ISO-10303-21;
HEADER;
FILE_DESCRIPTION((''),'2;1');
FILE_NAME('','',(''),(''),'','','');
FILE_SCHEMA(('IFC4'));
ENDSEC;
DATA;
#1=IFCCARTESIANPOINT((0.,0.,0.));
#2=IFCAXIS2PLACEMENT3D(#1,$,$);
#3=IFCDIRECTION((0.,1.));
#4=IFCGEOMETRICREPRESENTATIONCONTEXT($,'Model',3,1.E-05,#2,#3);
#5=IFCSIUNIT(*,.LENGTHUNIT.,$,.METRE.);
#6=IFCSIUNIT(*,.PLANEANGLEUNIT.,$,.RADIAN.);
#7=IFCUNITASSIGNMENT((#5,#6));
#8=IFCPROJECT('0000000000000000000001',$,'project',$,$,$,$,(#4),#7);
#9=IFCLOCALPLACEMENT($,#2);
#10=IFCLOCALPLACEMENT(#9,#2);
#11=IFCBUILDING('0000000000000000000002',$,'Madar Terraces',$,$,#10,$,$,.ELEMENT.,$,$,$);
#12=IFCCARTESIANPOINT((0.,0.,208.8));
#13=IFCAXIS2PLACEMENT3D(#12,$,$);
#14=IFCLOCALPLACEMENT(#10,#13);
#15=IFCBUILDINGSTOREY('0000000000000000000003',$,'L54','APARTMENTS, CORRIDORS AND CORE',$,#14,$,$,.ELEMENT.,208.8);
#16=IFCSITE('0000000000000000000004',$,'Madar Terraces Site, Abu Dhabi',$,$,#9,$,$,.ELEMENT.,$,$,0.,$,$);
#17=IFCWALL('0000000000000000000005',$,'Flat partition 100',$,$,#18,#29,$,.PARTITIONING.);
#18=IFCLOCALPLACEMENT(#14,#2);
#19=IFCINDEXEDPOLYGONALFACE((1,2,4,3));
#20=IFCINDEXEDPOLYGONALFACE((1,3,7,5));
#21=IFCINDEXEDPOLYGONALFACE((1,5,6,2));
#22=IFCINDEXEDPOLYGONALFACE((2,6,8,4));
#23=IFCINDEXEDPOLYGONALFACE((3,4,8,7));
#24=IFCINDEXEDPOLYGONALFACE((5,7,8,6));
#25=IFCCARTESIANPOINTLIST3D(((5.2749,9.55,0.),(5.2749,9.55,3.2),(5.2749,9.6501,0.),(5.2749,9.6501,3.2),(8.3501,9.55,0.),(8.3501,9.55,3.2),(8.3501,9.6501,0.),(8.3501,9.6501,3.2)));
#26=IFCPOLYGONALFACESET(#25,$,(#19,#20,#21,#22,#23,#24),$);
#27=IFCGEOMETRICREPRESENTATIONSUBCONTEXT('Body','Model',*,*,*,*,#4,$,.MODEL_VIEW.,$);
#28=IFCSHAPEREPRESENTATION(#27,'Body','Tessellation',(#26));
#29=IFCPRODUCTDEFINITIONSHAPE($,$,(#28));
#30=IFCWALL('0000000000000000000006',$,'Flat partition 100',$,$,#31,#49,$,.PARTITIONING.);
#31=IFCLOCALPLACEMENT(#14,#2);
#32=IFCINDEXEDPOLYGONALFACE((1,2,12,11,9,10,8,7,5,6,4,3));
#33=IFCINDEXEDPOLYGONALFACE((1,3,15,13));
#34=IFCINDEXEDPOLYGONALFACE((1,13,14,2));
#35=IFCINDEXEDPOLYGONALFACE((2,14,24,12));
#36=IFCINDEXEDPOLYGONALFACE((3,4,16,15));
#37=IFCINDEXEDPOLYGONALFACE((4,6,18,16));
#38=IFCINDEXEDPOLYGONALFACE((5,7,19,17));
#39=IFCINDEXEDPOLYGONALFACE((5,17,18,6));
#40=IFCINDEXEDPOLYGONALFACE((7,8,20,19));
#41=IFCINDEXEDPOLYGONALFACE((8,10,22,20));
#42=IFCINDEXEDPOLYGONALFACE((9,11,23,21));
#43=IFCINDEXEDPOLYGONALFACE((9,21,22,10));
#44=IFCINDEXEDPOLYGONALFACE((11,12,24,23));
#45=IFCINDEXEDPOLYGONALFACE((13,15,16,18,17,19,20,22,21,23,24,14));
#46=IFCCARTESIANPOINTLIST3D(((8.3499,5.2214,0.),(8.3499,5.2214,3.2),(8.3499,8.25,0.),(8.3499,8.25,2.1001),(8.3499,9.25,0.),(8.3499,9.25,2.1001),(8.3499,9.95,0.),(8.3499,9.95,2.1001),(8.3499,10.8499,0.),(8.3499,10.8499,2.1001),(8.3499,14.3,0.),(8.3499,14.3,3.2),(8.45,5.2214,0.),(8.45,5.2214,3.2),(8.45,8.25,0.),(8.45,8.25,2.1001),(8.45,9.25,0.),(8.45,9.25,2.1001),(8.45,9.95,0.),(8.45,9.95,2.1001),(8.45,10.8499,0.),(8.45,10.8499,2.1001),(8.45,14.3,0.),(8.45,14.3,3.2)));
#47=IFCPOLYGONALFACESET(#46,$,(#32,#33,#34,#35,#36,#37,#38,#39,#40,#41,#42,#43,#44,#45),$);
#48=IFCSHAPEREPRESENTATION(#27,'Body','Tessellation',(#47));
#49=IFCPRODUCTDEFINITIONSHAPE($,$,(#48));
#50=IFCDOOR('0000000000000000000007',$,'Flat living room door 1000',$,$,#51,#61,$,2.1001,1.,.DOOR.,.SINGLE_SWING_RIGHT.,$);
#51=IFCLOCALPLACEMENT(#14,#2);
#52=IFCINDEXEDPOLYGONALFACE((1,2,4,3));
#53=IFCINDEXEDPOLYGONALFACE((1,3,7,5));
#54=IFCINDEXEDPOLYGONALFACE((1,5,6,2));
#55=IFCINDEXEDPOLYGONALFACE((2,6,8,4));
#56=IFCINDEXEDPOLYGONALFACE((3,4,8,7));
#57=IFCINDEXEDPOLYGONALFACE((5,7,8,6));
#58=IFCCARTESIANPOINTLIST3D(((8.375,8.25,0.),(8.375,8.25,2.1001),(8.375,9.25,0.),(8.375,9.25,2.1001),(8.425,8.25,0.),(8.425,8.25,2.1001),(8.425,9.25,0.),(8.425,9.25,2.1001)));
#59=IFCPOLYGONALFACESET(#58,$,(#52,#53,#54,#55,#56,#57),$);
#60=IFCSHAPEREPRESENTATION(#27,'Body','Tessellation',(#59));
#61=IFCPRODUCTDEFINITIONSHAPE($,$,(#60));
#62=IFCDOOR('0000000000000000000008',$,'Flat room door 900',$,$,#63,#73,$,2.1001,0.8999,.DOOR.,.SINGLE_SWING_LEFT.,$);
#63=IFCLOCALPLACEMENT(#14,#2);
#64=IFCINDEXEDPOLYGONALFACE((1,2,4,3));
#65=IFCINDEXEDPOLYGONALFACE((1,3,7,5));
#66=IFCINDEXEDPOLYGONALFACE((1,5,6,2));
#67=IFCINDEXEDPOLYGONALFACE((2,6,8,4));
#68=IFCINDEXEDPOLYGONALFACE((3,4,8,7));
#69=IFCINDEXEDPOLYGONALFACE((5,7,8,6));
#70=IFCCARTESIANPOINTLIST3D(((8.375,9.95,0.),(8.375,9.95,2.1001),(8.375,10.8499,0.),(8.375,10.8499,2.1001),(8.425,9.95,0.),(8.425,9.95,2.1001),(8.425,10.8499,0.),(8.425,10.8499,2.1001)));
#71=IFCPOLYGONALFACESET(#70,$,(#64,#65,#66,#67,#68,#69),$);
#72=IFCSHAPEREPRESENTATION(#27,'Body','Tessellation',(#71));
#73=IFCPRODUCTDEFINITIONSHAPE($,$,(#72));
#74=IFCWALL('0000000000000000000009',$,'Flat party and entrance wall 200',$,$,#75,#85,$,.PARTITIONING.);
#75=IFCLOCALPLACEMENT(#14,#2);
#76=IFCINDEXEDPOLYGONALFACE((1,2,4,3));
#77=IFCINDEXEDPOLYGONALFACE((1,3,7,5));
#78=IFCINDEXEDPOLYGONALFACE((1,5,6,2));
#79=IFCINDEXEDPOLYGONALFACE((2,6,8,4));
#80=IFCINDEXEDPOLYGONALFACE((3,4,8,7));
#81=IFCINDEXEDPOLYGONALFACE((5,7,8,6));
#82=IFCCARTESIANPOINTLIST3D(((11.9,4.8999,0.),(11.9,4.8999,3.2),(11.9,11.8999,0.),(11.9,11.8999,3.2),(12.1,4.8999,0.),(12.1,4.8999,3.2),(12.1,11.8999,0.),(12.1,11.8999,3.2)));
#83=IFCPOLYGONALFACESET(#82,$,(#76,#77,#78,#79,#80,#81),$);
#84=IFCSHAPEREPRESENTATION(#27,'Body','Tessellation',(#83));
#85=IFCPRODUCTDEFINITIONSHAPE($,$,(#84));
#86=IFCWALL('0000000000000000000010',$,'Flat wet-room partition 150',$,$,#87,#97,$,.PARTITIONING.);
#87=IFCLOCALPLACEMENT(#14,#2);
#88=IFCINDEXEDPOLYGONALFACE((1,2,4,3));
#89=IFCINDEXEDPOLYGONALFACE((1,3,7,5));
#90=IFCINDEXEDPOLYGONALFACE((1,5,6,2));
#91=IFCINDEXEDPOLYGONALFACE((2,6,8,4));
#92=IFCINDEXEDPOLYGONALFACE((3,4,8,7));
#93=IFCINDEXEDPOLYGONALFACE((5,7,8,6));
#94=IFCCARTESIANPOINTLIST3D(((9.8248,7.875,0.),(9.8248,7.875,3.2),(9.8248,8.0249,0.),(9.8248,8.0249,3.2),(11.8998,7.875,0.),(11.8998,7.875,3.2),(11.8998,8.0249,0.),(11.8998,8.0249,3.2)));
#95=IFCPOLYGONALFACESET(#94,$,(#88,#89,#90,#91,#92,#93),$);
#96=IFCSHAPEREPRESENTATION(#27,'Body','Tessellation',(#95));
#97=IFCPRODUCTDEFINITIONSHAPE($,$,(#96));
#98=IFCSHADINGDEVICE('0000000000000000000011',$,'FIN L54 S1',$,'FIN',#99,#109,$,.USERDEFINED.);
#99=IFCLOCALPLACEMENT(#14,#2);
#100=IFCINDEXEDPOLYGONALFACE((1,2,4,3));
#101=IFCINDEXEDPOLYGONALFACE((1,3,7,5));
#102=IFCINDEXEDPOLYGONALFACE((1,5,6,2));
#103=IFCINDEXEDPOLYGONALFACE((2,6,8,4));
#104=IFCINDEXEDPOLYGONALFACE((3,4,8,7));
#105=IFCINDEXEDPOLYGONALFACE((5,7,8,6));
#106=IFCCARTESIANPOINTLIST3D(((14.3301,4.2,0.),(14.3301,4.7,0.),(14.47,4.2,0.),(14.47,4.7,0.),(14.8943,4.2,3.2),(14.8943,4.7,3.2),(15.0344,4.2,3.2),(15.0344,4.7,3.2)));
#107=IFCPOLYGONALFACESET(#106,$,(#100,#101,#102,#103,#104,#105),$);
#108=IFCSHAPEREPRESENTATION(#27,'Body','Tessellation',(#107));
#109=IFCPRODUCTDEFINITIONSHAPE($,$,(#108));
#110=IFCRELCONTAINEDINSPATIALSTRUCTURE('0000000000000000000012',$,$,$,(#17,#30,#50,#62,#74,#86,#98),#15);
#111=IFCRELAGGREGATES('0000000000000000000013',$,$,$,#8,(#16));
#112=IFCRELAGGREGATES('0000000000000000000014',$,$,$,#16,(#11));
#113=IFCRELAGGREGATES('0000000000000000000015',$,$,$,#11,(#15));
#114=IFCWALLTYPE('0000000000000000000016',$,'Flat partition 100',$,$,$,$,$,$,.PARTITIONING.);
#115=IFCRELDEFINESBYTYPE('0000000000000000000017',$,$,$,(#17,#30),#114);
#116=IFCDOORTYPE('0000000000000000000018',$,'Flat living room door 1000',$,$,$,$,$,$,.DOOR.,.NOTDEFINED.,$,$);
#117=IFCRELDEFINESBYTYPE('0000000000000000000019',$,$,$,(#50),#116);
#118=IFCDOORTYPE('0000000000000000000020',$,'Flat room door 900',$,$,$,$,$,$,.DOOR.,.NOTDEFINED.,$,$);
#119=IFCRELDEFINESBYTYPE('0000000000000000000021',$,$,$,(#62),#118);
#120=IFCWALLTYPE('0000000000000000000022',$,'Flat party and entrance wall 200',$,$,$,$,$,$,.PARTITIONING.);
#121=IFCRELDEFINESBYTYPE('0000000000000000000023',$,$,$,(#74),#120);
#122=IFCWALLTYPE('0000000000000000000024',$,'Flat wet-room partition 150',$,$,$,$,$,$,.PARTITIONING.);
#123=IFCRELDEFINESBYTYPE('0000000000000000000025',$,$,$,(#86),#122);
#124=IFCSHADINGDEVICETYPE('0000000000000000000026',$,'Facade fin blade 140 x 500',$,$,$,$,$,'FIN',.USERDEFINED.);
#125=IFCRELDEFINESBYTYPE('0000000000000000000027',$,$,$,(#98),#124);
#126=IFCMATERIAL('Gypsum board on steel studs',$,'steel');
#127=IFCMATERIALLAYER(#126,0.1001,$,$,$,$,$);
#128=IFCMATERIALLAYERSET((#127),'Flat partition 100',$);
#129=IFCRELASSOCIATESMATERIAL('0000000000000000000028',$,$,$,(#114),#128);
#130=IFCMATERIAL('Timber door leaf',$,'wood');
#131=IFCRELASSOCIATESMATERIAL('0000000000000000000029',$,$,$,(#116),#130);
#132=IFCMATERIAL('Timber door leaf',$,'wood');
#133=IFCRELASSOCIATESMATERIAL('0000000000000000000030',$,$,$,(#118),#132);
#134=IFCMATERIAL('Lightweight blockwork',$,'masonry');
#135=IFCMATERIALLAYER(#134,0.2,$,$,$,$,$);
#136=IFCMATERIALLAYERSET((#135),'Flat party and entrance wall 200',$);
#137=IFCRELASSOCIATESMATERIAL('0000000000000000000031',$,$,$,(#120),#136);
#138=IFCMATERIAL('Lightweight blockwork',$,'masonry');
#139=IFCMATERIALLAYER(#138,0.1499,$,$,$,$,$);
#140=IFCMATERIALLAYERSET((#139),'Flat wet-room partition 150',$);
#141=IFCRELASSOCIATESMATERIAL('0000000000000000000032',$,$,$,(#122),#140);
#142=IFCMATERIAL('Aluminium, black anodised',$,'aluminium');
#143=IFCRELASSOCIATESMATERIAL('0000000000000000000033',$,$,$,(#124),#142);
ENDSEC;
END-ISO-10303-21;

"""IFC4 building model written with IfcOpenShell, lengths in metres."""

from ifc_helpers import new_model, si_unit, direction, frame, frame_2d, origin, place, context, subcontext, project, spatial, polyline, rectangle, outline, extrude, material, layer, layer_set, type_object, element, fill, save


model = new_model("IFC4")

# Units and contexts
model_context = context("Model", 3, precision=1e-05, world=origin(), true_north=direction((0.0, 1.0)))
body_context = subcontext(model_context, "Body", "Model", "MODEL_VIEW")
ifc_project = project(units=[si_unit("LENGTHUNIT", "METRE"), si_unit("PLANEANGLEUNIT", "RADIAN")], contexts=[model_context])

# Site, building, storey
site_placement = place(None, origin())
site = spatial("IfcSite", under=ifc_project, at=site_placement, Name="Madar Terraces Site, Abu Dhabi", CompositionType="ELEMENT", RefElevation=0.0)
building_placement = place(site_placement, origin())
building = spatial("IfcBuilding", under=site, at=building_placement, Name="Madar Terraces", CompositionType="ELEMENT")
storey_placement = place(building_placement, frame((0.0, 0.0, 208.8)))
storey = spatial("IfcBuildingStorey", under=building, at=storey_placement, Name="L54", Description="APARTMENTS, CORRIDORS AND CORE", CompositionType="ELEMENT", Elevation=208.8)

# Wall
ifc_material_1 = material(Name="Gypsum board on steel studs", Category="steel")
ifc_layer_1 = layer(ifc_material_1, 0.1001)
ifc_layer_set_1 = layer_set([ifc_layer_1], Name="Flat partition 100")
wall_type_1 = type_object("IfcWallType", Name="Flat partition 100", PredefinedType="PARTITIONING", material=ifc_layer_set_1)
wall_1_placement = place(storey_placement, frame((8.3501, 9.6001, 0.0), z_axis=(0.0, 0.0, 1.0), x_axis=(-1.0, 0.0, 0.0)))
element("IfcWall", 1, at=wall_1_placement, inside=storey, type_object=wall_type_1, Name="Flat partition 100", PredefinedType="PARTITIONING", context=body_context, shape_type="SweptSolid", body=[
    extrude(rectangle(XDim=3.0752, YDim=0.1001, at=frame_2d((1.5376, 0.0))), origin(), (0.0, 0.0, 1.0), 3.2),
])

# Wall, openings, doors
wall_2_placement = place(storey_placement, frame((8.3999, 5.2214, 0.0), z_axis=(0.0, 0.0, 1.0), x_axis=(0.0, 1.0, 0.0)))
wall_2 = element("IfcWall", 2, at=wall_2_placement, inside=storey, type_object=wall_type_1, Name="Flat partition 100", PredefinedType="PARTITIONING", context=body_context, shape_type="SweptSolid", body=[
    extrude(rectangle(XDim=9.0786, YDim=0.1001, at=frame_2d((4.5393, 0.0))), origin(), (0.0, 0.0, 1.0), 3.2),
])
opening_1_placement = place(wall_2_placement, frame((4.7285, 0.0, 0.0)))
opening_1 = element("IfcOpeningElement", 3, at=opening_1_placement, cuts=wall_2, PredefinedType="OPENING", context=body_context, shape_type="SweptSolid", body=[
    extrude(rectangle(XDim=0.8999, YDim=2.1001, at=frame_2d((0.45, 1.05))), frame((0.0, 0.0601, 0.0), z_axis=(0.0, -1.0, 0.0), x_axis=(1.0, 0.0, 0.0)), (0.0, 0.0, 1.0), 0.1201),
])
opening_2_placement = place(wall_2_placement, frame((3.0286, 0.0, 0.0)))
opening_2 = element("IfcOpeningElement", 4, at=opening_2_placement, cuts=wall_2, PredefinedType="OPENING", context=body_context, shape_type="SweptSolid", body=[
    extrude(rectangle(XDim=1.0, YDim=2.1001, at=frame_2d((0.5, 1.05))), frame((0.0, 0.0601, 0.0), z_axis=(0.0, -1.0, 0.0), x_axis=(1.0, 0.0, 0.0)), (0.0, 0.0, 1.0), 0.1201),
])
ifc_material_2 = material(Name="Timber door leaf", Category="wood")
door_type_1 = type_object("IfcDoorType", Name="Flat living room door 1000", OperationType="NOTDEFINED", PredefinedType="DOOR", material=ifc_material_2)
door_1_placement = place(opening_2_placement, origin())
door_1 = element("IfcDoor", 5, at=door_1_placement, inside=storey, type_object=door_type_1, Name="Flat living room door 1000", OperationType="SINGLE_SWING_RIGHT", OverallHeight=2.1001, OverallWidth=1.0, PredefinedType="DOOR", context=body_context, shape_type="SweptSolid", body=[
    extrude(rectangle(XDim=1.0, YDim=2.1001, at=frame_2d((0.5, 1.05))), frame((0.0, 0.0249, 0.0), z_axis=(0.0, -1.0, 0.0), x_axis=(1.0, 0.0, 0.0)), (0.0, 0.0, 1.0), 0.05),
])
fill(opening_2, door_1)
ifc_material_3 = material(Name="Timber door leaf", Category="wood")
door_type_2 = type_object("IfcDoorType", Name="Flat room door 900", OperationType="NOTDEFINED", PredefinedType="DOOR", material=ifc_material_3)
door_2_placement = place(opening_1_placement, origin())
door_2 = element("IfcDoor", 6, at=door_2_placement, inside=storey, type_object=door_type_2, Name="Flat room door 900", OperationType="SINGLE_SWING_LEFT", OverallHeight=2.1001, OverallWidth=0.8999, PredefinedType="DOOR", context=body_context, shape_type="SweptSolid", body=[
    extrude(rectangle(XDim=0.8999, YDim=2.1001, at=frame_2d((0.45, 1.05))), frame((0.0, 0.0249, 0.0), z_axis=(0.0, -1.0, 0.0), x_axis=(1.0, 0.0, 0.0)), (0.0, 0.0, 1.0), 0.05),
])
fill(opening_1, door_2)

# Walls
ifc_material_4 = material(Name="Lightweight blockwork", Category="masonry")
ifc_layer_2 = layer(ifc_material_4, 0.2)
ifc_layer_set_2 = layer_set([ifc_layer_2], Name="Flat party and entrance wall 200")
wall_type_2 = type_object("IfcWallType", Name="Flat party and entrance wall 200", PredefinedType="PARTITIONING", material=ifc_layer_set_2)
wall_3_placement = place(storey_placement, frame((12.0, 4.8999, 0.0), z_axis=(0.0, 0.0, 1.0), x_axis=(0.0, 1.0, 0.0)))
element("IfcWall", 7, at=wall_3_placement, inside=storey, type_object=wall_type_2, Name="Flat party and entrance wall 200", PredefinedType="PARTITIONING", context=body_context, shape_type="SweptSolid", body=[
    extrude(rectangle(XDim=7.0, YDim=0.2, at=frame_2d((3.5, 0.0))), origin(), (0.0, 0.0, 1.0), 3.2),
])
ifc_material_5 = material(Name="Lightweight blockwork", Category="masonry")
ifc_layer_3 = layer(ifc_material_5, 0.1499)
ifc_layer_set_3 = layer_set([ifc_layer_3], Name="Flat wet-room partition 150")
wall_type_3 = type_object("IfcWallType", Name="Flat wet-room partition 150", PredefinedType="PARTITIONING", material=ifc_layer_set_3)
wall_4_placement = place(storey_placement, frame((11.8999, 7.95, 0.0), z_axis=(0.0, 0.0, 1.0), x_axis=(-1.0, 0.0, 0.0)))
element("IfcWall", 8, at=wall_4_placement, inside=storey, type_object=wall_type_3, Name="Flat wet-room partition 150", PredefinedType="PARTITIONING", context=body_context, shape_type="SweptSolid", body=[
    extrude(rectangle(XDim=2.075, YDim=0.1499, at=frame_2d((1.0376, 0.0))), origin(), (0.0, 0.0, 1.0), 3.2),
])

# Shading device
ifc_material_6 = material(Name="Aluminium, black anodised", Category="aluminium")
shading_device_type = type_object("IfcShadingDeviceType", Name="Facade fin blade 140 x 500", ElementType="FIN", PredefinedType="USERDEFINED", material=ifc_material_6)
shading_device_placement = place(storey_placement, frame((14.3301, 4.45, 0.0), z_axis=(0.0, 0.0, 1.0), x_axis=(1.0, 0.0, 0.0)))
element("IfcShadingDevice", 9, at=shading_device_placement, inside=storey, type_object=shading_device_type, Name="FIN L54 S1", ObjectType="FIN", PredefinedType="USERDEFINED", context=body_context, shape_type="SweptSolid", body=[
    extrude(outline(polyline([(0.0, 0.0), (0.1399, 0.0), (0.7043, 3.2), (0.5642, 3.2), (0.0, 0.0)])), frame((0.0, 0.25, 0.0), z_axis=(0.0, -1.0, 0.0), x_axis=(1.0, 0.0, 0.0)), (0.0, 0.0, 1.0), 0.5),
])

save(model, "model.ifc")
